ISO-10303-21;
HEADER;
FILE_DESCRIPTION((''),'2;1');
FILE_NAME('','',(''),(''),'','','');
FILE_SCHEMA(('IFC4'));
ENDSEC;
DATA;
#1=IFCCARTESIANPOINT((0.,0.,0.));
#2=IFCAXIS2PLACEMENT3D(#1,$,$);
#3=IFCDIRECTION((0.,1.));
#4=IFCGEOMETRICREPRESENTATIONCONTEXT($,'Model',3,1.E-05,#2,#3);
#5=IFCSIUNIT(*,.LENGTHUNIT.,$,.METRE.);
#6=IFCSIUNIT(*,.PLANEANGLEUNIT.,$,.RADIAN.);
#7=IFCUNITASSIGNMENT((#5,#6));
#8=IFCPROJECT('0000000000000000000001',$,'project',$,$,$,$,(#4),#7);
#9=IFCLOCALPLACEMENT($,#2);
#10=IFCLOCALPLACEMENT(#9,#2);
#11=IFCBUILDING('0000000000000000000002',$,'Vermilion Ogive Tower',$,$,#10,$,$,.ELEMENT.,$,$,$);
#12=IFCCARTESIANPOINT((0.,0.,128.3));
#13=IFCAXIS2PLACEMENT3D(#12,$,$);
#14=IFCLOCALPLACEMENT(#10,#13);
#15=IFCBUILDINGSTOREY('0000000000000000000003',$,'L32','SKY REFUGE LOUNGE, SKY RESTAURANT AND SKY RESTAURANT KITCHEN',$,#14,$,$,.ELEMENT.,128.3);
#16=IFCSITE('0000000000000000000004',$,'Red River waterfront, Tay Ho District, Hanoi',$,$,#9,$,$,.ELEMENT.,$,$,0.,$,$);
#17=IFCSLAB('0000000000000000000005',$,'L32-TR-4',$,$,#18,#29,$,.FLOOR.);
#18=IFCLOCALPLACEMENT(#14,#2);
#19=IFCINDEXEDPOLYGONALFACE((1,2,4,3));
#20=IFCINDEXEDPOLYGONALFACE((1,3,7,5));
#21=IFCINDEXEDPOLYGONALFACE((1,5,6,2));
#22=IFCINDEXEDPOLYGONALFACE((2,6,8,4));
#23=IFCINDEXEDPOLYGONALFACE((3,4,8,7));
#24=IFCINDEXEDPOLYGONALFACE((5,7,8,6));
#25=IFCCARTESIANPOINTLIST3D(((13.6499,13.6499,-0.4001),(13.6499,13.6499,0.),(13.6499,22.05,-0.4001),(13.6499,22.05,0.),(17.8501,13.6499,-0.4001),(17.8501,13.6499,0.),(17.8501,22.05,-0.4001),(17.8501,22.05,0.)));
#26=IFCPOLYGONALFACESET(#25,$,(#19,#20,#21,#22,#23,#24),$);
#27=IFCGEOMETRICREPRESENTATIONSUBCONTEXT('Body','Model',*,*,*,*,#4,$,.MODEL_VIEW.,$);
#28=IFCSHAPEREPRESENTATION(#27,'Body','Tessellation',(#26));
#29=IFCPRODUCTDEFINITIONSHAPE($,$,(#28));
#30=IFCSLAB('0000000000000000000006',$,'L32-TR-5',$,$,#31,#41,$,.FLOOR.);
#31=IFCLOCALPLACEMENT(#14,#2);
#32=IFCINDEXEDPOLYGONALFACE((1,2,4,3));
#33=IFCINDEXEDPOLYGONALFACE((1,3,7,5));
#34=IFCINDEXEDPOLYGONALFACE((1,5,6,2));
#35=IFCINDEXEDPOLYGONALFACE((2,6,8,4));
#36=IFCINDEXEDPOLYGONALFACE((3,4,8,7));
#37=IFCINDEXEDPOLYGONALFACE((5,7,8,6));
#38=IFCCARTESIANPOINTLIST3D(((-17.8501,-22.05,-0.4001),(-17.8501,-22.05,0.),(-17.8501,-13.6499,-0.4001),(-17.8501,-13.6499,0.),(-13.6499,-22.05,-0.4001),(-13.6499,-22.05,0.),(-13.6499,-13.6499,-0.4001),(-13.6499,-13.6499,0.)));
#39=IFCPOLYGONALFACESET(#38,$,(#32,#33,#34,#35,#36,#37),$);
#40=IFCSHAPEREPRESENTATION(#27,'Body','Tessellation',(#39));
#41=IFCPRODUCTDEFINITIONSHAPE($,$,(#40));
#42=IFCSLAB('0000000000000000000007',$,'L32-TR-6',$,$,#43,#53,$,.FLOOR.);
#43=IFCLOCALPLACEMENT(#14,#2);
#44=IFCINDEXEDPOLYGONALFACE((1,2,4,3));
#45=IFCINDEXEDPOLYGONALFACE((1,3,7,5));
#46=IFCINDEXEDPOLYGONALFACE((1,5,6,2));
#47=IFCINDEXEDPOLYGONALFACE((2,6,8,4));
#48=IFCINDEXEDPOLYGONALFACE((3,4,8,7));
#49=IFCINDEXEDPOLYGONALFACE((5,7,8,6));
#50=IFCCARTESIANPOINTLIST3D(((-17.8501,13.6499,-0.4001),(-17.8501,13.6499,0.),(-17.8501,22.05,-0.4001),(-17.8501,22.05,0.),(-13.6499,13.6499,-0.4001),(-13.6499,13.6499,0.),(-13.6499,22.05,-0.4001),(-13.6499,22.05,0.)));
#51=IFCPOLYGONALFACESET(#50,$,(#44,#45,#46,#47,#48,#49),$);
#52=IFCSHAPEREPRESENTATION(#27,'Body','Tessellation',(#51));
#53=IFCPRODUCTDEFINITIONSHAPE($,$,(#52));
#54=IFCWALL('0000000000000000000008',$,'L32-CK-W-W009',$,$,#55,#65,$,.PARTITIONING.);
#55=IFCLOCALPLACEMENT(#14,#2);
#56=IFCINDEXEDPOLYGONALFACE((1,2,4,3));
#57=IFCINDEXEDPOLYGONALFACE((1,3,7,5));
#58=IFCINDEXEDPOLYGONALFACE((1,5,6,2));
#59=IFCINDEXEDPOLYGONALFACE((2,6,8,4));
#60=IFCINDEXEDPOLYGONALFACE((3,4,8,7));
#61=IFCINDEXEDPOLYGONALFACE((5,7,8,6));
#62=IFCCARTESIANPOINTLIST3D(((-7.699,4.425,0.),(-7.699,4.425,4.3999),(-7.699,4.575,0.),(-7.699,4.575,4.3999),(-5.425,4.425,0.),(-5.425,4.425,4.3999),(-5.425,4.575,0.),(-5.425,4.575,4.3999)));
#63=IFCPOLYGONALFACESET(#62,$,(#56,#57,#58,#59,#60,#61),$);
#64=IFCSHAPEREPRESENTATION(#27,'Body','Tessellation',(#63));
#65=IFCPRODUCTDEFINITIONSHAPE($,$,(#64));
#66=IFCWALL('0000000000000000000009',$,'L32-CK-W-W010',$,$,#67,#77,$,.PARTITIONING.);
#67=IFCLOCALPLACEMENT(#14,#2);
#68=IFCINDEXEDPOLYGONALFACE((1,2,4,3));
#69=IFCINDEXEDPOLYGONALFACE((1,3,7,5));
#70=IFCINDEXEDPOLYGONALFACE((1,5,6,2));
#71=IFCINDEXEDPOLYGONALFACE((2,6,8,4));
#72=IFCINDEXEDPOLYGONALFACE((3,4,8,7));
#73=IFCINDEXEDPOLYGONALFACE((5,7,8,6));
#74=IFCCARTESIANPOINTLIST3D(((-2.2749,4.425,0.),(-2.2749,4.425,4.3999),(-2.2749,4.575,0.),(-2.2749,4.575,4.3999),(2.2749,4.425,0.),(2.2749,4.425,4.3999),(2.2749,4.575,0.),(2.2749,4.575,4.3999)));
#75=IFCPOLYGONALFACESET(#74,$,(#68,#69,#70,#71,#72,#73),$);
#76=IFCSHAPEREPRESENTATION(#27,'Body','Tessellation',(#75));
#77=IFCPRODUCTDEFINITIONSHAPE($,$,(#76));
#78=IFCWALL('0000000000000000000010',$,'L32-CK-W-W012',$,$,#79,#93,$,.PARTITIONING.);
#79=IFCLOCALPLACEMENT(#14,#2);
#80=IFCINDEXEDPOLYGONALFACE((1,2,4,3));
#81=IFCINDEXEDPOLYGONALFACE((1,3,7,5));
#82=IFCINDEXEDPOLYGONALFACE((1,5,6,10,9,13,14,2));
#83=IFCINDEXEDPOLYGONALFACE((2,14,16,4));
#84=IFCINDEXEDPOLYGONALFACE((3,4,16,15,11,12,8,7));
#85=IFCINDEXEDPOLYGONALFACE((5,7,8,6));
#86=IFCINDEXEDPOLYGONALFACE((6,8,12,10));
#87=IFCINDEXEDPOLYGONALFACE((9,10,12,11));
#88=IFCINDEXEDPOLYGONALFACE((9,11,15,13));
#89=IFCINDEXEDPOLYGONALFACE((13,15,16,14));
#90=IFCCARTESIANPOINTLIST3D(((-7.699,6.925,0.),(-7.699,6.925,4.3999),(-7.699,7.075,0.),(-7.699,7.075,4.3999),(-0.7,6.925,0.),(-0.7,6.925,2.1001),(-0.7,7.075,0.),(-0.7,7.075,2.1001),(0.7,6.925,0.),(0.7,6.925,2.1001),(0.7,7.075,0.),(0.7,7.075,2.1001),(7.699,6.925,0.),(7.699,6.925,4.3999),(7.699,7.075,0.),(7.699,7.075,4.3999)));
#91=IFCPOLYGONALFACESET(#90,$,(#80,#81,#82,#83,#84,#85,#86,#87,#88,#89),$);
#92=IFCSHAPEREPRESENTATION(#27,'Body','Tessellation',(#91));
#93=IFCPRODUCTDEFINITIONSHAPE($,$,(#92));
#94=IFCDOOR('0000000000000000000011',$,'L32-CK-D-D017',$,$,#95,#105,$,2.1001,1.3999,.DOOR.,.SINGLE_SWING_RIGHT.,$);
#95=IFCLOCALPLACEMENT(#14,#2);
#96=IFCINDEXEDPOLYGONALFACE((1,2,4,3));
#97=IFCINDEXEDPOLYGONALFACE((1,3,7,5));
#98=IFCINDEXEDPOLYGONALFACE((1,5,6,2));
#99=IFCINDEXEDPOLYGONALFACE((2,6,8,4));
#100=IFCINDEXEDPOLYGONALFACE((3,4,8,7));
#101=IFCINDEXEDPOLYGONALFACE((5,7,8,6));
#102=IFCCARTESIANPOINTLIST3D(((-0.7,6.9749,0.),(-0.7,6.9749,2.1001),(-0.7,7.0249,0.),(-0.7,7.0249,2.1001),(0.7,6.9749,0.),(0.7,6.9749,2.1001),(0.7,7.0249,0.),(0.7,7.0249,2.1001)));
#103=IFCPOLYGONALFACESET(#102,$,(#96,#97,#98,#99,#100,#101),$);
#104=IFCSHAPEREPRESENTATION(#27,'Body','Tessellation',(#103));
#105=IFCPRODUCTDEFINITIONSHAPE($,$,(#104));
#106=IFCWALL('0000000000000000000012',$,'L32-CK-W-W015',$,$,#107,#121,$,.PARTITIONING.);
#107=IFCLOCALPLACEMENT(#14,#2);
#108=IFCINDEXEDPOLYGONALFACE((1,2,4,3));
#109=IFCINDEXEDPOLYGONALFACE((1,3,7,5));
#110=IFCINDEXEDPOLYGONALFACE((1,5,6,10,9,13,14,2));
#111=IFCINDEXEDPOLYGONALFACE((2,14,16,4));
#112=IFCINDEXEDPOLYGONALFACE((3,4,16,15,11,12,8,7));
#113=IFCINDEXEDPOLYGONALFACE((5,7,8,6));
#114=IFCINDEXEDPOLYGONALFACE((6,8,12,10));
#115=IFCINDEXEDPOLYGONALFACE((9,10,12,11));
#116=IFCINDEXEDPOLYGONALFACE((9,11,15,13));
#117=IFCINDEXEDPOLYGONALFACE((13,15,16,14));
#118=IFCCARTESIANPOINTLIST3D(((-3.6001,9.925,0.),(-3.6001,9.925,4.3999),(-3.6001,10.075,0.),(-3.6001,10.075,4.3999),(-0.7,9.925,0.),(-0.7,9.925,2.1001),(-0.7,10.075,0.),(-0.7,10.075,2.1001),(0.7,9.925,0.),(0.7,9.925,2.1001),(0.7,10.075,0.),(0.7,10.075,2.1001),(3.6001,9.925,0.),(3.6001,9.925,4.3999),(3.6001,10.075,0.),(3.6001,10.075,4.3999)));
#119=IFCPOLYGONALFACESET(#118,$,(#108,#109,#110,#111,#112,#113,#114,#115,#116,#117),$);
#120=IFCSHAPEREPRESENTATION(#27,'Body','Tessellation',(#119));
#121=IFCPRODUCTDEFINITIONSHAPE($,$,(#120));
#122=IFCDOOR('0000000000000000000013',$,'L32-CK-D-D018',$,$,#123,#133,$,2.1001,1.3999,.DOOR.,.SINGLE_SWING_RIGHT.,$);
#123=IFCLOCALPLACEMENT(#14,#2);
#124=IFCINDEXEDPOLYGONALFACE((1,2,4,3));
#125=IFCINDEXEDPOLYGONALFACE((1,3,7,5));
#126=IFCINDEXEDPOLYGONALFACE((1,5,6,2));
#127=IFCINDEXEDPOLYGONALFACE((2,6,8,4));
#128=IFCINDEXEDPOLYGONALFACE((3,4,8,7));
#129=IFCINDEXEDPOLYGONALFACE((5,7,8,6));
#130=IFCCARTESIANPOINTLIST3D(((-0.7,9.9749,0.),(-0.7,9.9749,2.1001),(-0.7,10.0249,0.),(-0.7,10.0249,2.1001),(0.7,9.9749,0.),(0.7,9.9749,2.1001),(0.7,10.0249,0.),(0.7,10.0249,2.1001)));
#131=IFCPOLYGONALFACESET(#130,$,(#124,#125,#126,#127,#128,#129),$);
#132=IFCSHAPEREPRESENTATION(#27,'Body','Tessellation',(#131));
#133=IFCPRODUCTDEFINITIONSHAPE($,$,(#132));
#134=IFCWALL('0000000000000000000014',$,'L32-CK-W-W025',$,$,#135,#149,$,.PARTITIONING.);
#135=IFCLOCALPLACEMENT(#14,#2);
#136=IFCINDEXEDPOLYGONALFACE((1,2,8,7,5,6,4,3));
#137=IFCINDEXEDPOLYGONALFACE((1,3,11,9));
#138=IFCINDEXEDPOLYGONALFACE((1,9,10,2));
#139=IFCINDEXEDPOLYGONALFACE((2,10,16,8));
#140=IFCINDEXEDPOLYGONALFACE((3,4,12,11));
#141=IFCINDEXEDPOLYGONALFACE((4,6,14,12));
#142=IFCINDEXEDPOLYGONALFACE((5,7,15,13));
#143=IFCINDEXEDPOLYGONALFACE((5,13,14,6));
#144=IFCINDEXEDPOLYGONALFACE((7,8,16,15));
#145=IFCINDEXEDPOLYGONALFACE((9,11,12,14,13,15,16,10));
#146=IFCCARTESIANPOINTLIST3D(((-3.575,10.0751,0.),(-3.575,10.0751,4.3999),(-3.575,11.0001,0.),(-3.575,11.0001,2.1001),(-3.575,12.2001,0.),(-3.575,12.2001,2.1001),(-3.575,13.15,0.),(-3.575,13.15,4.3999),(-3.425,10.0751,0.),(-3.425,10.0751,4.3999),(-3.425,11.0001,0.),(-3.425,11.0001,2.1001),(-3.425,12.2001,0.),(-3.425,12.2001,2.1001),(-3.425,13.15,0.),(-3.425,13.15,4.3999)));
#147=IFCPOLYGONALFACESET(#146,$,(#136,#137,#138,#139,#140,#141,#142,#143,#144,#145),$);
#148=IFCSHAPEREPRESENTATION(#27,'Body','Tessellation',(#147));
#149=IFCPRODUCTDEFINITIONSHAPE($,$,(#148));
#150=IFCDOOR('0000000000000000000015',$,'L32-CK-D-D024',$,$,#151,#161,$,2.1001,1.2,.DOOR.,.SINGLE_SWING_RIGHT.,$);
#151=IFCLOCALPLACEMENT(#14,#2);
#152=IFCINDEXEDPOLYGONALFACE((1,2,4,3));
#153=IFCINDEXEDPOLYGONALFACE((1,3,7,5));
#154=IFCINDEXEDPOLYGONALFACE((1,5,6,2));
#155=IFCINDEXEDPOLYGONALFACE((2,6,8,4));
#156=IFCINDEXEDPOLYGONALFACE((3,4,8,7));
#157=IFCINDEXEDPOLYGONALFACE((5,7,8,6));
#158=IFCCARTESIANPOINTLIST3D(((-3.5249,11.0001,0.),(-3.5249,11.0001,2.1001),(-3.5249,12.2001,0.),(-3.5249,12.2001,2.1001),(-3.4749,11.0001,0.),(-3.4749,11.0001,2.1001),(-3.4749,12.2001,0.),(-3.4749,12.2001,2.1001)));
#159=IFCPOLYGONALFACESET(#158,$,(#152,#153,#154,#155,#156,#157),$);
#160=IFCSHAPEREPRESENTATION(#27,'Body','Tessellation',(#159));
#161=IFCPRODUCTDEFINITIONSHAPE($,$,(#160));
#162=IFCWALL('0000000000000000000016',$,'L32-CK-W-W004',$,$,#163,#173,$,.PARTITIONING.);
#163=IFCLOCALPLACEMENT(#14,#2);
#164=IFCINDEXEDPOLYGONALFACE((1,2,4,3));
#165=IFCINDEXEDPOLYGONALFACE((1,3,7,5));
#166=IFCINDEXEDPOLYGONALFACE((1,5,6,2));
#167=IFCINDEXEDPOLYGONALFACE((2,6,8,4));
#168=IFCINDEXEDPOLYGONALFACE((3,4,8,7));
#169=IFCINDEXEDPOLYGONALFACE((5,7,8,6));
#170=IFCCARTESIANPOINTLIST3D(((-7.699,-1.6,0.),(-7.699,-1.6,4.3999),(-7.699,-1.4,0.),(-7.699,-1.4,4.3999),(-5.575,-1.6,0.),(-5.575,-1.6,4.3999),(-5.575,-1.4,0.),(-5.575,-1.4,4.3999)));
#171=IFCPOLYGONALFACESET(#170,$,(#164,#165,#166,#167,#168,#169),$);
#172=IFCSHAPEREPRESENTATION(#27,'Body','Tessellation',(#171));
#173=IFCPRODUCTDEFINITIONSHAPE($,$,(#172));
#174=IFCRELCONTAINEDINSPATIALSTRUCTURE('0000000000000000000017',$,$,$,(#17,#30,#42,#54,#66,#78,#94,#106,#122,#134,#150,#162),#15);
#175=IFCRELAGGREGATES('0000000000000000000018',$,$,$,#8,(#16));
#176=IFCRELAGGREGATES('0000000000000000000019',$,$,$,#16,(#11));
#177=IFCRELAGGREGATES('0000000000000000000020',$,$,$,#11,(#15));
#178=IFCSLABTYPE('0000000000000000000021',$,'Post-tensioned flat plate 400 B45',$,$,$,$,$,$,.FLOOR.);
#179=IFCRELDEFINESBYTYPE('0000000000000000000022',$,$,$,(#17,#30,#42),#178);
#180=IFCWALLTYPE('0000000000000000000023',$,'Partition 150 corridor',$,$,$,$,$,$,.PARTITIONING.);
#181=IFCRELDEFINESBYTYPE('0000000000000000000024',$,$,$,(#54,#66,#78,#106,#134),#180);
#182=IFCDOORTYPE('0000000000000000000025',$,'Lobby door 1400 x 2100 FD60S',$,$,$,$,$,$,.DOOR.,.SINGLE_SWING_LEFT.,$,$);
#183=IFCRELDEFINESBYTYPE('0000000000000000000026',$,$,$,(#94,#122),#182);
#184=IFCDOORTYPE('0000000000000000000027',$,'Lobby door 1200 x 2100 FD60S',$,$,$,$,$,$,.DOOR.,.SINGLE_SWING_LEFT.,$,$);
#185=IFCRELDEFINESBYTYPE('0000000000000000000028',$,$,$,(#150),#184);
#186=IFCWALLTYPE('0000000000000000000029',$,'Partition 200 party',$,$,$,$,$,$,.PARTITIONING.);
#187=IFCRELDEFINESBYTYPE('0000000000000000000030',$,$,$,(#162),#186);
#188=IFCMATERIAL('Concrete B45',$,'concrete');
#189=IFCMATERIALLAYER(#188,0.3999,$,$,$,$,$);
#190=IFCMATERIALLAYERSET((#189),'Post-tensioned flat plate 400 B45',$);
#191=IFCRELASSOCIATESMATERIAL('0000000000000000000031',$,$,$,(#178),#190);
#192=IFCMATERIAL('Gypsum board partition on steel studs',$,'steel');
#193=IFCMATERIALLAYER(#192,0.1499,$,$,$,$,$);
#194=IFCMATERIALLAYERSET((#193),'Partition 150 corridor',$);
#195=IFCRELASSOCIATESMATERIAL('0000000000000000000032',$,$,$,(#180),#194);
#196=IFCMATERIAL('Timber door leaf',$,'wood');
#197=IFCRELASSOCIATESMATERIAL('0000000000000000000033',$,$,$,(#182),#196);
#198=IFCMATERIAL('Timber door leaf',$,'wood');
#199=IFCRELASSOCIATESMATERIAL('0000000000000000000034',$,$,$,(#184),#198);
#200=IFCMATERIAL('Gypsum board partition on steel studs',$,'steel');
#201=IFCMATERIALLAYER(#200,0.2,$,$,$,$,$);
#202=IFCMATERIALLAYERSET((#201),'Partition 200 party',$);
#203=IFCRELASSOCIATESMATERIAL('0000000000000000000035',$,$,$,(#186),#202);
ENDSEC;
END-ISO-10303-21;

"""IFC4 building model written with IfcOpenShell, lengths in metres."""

from ifc_helpers import new_model, si_unit, direction, frame, frame_2d, origin, place, context, subcontext, project, spatial, polyline, rectangle, outline, extrude, material, layer, layer_set, type_object, element, fill, save


model = new_model("IFC4")

# Units and contexts
model_context = context("Model", 3, precision=1e-05, world=origin(), true_north=direction((0.0, 1.0)))
body_context = subcontext(model_context, "Body", "Model", "MODEL_VIEW")
ifc_project = project(units=[si_unit("LENGTHUNIT", "METRE"), si_unit("PLANEANGLEUNIT", "RADIAN")], contexts=[model_context])

# Site, building, storey
site_placement = place(None, origin())
site = spatial("IfcSite", under=ifc_project, at=site_placement, Name="Red River waterfront, Tay Ho District, Hanoi", CompositionType="ELEMENT", RefElevation=0.0)
building_placement = place(site_placement, origin())
building = spatial("IfcBuilding", under=site, at=building_placement, Name="Vermilion Ogive Tower", CompositionType="ELEMENT")
storey_placement = place(building_placement, frame((0.0, 0.0, 128.3)))
storey = spatial("IfcBuildingStorey", under=building, at=storey_placement, Name="L32", Description="SKY REFUGE LOUNGE, SKY RESTAURANT AND SKY RESTAURANT KITCHEN", CompositionType="ELEMENT", Elevation=128.3)

# Slabs
ifc_material_1 = material(Name="Concrete B45", Category="concrete")
ifc_layer_1 = layer(ifc_material_1, 0.3999)
ifc_layer_set_1 = layer_set([ifc_layer_1], Name="Post-tensioned flat plate 400 B45")
slab_type = type_object("IfcSlabType", Name="Post-tensioned flat plate 400 B45", PredefinedType="FLOOR", material=ifc_layer_set_1)
slab_1_placement = place(storey_placement, frame((0.0, 0.0, -0.4001)))
element("IfcSlab", 1, at=slab_1_placement, inside=storey, type_object=slab_type, Name="L32-TR-4", PredefinedType="FLOOR", context=body_context, shape_type="SweptSolid", body=[
    extrude(outline(polyline([(17.8501, 13.6499), (13.6499, 13.6499), (13.6499, 22.05), (17.8501, 22.05), (17.8501, 13.6499)])), origin(), (0.0, 0.0, 1.0), 0.4001),
])
slab_2_placement = place(storey_placement, frame((0.0, 0.0, -0.4001)))
element("IfcSlab", 2, at=slab_2_placement, inside=storey, type_object=slab_type, Name="L32-TR-5", PredefinedType="FLOOR", context=body_context, shape_type="SweptSolid", body=[
    extrude(outline(polyline([(-13.6499, -13.6499), (-13.6499, -22.05), (-17.8501, -22.05), (-17.8501, -13.6499), (-13.6499, -13.6499)])), origin(), (0.0, 0.0, 1.0), 0.4001),
])
slab_3_placement = place(storey_placement, frame((0.0, 0.0, -0.4001)))
element("IfcSlab", 3, at=slab_3_placement, inside=storey, type_object=slab_type, Name="L32-TR-6", PredefinedType="FLOOR", context=body_context, shape_type="SweptSolid", body=[
    extrude(outline(polyline([(-13.6499, 22.05), (-13.6499, 13.6499), (-17.8501, 13.6499), (-17.8501, 22.05), (-13.6499, 22.05)])), origin(), (0.0, 0.0, 1.0), 0.4001),
])

# Walls
ifc_material_2 = material(Name="Gypsum board partition on steel studs", Category="steel")
ifc_layer_2 = layer(ifc_material_2, 0.1499)
ifc_layer_set_2 = layer_set([ifc_layer_2], Name="Partition 150 corridor")
wall_type_1 = type_object("IfcWallType", Name="Partition 150 corridor", PredefinedType="PARTITIONING", material=ifc_layer_set_2)
wall_1_placement = place(storey_placement, frame((-7.699, 4.5, 0.0), z_axis=(0.0, 0.0, 1.0), x_axis=(1.0, 0.0, 0.0)))
element("IfcWall", 4, at=wall_1_placement, inside=storey, type_object=wall_type_1, Name="L32-CK-W-W009", PredefinedType="PARTITIONING", context=body_context, shape_type="SweptSolid", body=[
    extrude(rectangle(XDim=2.2739, YDim=0.1499, at=frame_2d((1.137, 0.0))), origin(), (0.0, 0.0, 1.0), 4.3999),
])
wall_2_placement = place(storey_placement, frame((-2.2749, 4.5, 0.0), z_axis=(0.0, 0.0, 1.0), x_axis=(1.0, 0.0, 0.0)))
element("IfcWall", 5, at=wall_2_placement, inside=storey, type_object=wall_type_1, Name="L32-CK-W-W010", PredefinedType="PARTITIONING", context=body_context, shape_type="SweptSolid", body=[
    extrude(rectangle(XDim=4.5498, YDim=0.1499, at=frame_2d((2.2749, 0.0))), origin(), (0.0, 0.0, 1.0), 4.3999),
])

# Walls, openings, doors
wall_3_placement = place(storey_placement, frame((-7.699, 7.0, 0.0), z_axis=(0.0, 0.0, 1.0), x_axis=(1.0, 0.0, 0.0)))
wall_3 = element("IfcWall", 6, at=wall_3_placement, inside=storey, type_object=wall_type_1, Name="L32-CK-W-W012", PredefinedType="PARTITIONING", context=body_context, shape_type="SweptSolid", body=[
    extrude(rectangle(XDim=15.3979, YDim=0.1499, at=frame_2d((7.699, 0.0))), origin(), (0.0, 0.0, 1.0), 4.3999),
])
opening_1_placement = place(wall_3_placement, frame((6.999, 0.0, 0.0)))
opening_1 = element("IfcOpeningElement", 7, at=opening_1_placement, cuts=wall_3, PredefinedType="OPENING", context=body_context, shape_type="SweptSolid", body=[
    extrude(rectangle(XDim=1.3999, YDim=2.1001, at=frame_2d((0.7, 1.05))), frame((0.0, 0.085, 0.0), z_axis=(0.0, -1.0, 0.0), x_axis=(1.0, 0.0, 0.0)), (0.0, 0.0, 1.0), 0.1699),
])
ifc_material_3 = material(Name="Timber door leaf", Category="wood")
door_type_1 = type_object("IfcDoorType", Name="Lobby door 1400 x 2100 FD60S", OperationType="SINGLE_SWING_LEFT", PredefinedType="DOOR", material=ifc_material_3)
door_1_placement = place(opening_1_placement, origin())
door_1 = element("IfcDoor", 8, at=door_1_placement, inside=storey, type_object=door_type_1, Name="L32-CK-D-D017", OperationType="SINGLE_SWING_RIGHT", OverallHeight=2.1001, OverallWidth=1.3999, PredefinedType="DOOR", context=body_context, shape_type="SweptSolid", body=[
    extrude(rectangle(XDim=1.3999, YDim=2.1001, at=frame_2d((0.7, 1.05))), frame((0.0, 0.0249, 0.0), z_axis=(0.0, -1.0, 0.0), x_axis=(1.0, 0.0, 0.0)), (0.0, 0.0, 1.0), 0.05),
])
fill(opening_1, door_1)
wall_4_placement = place(storey_placement, frame((-3.6001, 10.0, 0.0), z_axis=(0.0, 0.0, 1.0), x_axis=(1.0, 0.0, 0.0)))
wall_4 = element("IfcWall", 9, at=wall_4_placement, inside=storey, type_object=wall_type_1, Name="L32-CK-W-W015", PredefinedType="PARTITIONING", context=body_context, shape_type="SweptSolid", body=[
    extrude(rectangle(XDim=7.2002, YDim=0.1499, at=frame_2d((3.6001, 0.0))), origin(), (0.0, 0.0, 1.0), 4.3999),
])
opening_2_placement = place(wall_4_placement, frame((2.9001, 0.0, 0.0)))
opening_2 = element("IfcOpeningElement", 10, at=opening_2_placement, cuts=wall_4, PredefinedType="OPENING", context=body_context, shape_type="SweptSolid", body=[
    extrude(rectangle(XDim=1.3999, YDim=2.1001, at=frame_2d((0.7, 1.05))), frame((0.0, 0.085, 0.0), z_axis=(0.0, -1.0, 0.0), x_axis=(1.0, 0.0, 0.0)), (0.0, 0.0, 1.0), 0.1699),
])
door_2_placement = place(opening_2_placement, origin())
door_2 = element("IfcDoor", 11, at=door_2_placement, inside=storey, type_object=door_type_1, Name="L32-CK-D-D018", OperationType="SINGLE_SWING_RIGHT", OverallHeight=2.1001, OverallWidth=1.3999, PredefinedType="DOOR", context=body_context, shape_type="SweptSolid", body=[
    extrude(rectangle(XDim=1.3999, YDim=2.1001, at=frame_2d((0.7, 1.05))), frame((0.0, 0.0249, 0.0), z_axis=(0.0, -1.0, 0.0), x_axis=(1.0, 0.0, 0.0)), (0.0, 0.0, 1.0), 0.05),
])
fill(opening_2, door_2)
wall_5_placement = place(storey_placement, frame((-3.5, 10.075, 0.0), z_axis=(0.0, 0.0, 1.0), x_axis=(0.0, 1.0, 0.0)))
wall_5 = element("IfcWall", 12, at=wall_5_placement, inside=storey, type_object=wall_type_1, Name="L32-CK-W-W025", PredefinedType="PARTITIONING", context=body_context, shape_type="SweptSolid", body=[
    extrude(rectangle(XDim=3.075, YDim=0.1499, at=frame_2d((1.5376, 0.0))), origin(), (0.0, 0.0, 1.0), 4.3999),
])
opening_3_placement = place(wall_5_placement, frame((0.925, 0.0, 0.0)))
opening_3 = element("IfcOpeningElement", 13, at=opening_3_placement, cuts=wall_5, PredefinedType="OPENING", context=body_context, shape_type="SweptSolid", body=[
    extrude(rectangle(XDim=1.2, YDim=2.1001, at=frame_2d((0.6001, 1.05))), frame((0.0, 0.085, 0.0), z_axis=(0.0, -1.0, 0.0), x_axis=(1.0, 0.0, 0.0)), (0.0, 0.0, 1.0), 0.1699),
])
ifc_material_4 = material(Name="Timber door leaf", Category="wood")
door_type_2 = type_object("IfcDoorType", Name="Lobby door 1200 x 2100 FD60S", OperationType="SINGLE_SWING_LEFT", PredefinedType="DOOR", material=ifc_material_4)
door_3_placement = place(opening_3_placement, origin())
door_3 = element("IfcDoor", 14, at=door_3_placement, inside=storey, type_object=door_type_2, Name="L32-CK-D-D024", OperationType="SINGLE_SWING_RIGHT", OverallHeight=2.1001, OverallWidth=1.2, PredefinedType="DOOR", context=body_context, shape_type="SweptSolid", body=[
    extrude(rectangle(XDim=1.2, YDim=2.1001, at=frame_2d((0.6001, 1.05))), frame((0.0, 0.0249, 0.0), z_axis=(0.0, -1.0, 0.0), x_axis=(1.0, 0.0, 0.0)), (0.0, 0.0, 1.0), 0.05),
])
fill(opening_3, door_3)

# Wall
ifc_material_5 = material(Name="Gypsum board partition on steel studs", Category="steel")
ifc_layer_3 = layer(ifc_material_5, 0.2)
ifc_layer_set_3 = layer_set([ifc_layer_3], Name="Partition 200 party")
wall_type_2 = type_object("IfcWallType", Name="Partition 200 party", PredefinedType="PARTITIONING", material=ifc_layer_set_3)
wall_6_placement = place(storey_placement, frame((-7.699, -1.5, 0.0), z_axis=(0.0, 0.0, 1.0), x_axis=(1.0, 0.0, 0.0)))
element("IfcWall", 15, at=wall_6_placement, inside=storey, type_object=wall_type_2, Name="L32-CK-W-W004", PredefinedType="PARTITIONING", context=body_context, shape_type="SweptSolid", body=[
    extrude(rectangle(XDim=2.124, YDim=0.2, at=frame_2d((1.062, 0.0))), origin(), (0.0, 0.0, 1.0), 4.3999),
])

save(model, "model.ifc")
